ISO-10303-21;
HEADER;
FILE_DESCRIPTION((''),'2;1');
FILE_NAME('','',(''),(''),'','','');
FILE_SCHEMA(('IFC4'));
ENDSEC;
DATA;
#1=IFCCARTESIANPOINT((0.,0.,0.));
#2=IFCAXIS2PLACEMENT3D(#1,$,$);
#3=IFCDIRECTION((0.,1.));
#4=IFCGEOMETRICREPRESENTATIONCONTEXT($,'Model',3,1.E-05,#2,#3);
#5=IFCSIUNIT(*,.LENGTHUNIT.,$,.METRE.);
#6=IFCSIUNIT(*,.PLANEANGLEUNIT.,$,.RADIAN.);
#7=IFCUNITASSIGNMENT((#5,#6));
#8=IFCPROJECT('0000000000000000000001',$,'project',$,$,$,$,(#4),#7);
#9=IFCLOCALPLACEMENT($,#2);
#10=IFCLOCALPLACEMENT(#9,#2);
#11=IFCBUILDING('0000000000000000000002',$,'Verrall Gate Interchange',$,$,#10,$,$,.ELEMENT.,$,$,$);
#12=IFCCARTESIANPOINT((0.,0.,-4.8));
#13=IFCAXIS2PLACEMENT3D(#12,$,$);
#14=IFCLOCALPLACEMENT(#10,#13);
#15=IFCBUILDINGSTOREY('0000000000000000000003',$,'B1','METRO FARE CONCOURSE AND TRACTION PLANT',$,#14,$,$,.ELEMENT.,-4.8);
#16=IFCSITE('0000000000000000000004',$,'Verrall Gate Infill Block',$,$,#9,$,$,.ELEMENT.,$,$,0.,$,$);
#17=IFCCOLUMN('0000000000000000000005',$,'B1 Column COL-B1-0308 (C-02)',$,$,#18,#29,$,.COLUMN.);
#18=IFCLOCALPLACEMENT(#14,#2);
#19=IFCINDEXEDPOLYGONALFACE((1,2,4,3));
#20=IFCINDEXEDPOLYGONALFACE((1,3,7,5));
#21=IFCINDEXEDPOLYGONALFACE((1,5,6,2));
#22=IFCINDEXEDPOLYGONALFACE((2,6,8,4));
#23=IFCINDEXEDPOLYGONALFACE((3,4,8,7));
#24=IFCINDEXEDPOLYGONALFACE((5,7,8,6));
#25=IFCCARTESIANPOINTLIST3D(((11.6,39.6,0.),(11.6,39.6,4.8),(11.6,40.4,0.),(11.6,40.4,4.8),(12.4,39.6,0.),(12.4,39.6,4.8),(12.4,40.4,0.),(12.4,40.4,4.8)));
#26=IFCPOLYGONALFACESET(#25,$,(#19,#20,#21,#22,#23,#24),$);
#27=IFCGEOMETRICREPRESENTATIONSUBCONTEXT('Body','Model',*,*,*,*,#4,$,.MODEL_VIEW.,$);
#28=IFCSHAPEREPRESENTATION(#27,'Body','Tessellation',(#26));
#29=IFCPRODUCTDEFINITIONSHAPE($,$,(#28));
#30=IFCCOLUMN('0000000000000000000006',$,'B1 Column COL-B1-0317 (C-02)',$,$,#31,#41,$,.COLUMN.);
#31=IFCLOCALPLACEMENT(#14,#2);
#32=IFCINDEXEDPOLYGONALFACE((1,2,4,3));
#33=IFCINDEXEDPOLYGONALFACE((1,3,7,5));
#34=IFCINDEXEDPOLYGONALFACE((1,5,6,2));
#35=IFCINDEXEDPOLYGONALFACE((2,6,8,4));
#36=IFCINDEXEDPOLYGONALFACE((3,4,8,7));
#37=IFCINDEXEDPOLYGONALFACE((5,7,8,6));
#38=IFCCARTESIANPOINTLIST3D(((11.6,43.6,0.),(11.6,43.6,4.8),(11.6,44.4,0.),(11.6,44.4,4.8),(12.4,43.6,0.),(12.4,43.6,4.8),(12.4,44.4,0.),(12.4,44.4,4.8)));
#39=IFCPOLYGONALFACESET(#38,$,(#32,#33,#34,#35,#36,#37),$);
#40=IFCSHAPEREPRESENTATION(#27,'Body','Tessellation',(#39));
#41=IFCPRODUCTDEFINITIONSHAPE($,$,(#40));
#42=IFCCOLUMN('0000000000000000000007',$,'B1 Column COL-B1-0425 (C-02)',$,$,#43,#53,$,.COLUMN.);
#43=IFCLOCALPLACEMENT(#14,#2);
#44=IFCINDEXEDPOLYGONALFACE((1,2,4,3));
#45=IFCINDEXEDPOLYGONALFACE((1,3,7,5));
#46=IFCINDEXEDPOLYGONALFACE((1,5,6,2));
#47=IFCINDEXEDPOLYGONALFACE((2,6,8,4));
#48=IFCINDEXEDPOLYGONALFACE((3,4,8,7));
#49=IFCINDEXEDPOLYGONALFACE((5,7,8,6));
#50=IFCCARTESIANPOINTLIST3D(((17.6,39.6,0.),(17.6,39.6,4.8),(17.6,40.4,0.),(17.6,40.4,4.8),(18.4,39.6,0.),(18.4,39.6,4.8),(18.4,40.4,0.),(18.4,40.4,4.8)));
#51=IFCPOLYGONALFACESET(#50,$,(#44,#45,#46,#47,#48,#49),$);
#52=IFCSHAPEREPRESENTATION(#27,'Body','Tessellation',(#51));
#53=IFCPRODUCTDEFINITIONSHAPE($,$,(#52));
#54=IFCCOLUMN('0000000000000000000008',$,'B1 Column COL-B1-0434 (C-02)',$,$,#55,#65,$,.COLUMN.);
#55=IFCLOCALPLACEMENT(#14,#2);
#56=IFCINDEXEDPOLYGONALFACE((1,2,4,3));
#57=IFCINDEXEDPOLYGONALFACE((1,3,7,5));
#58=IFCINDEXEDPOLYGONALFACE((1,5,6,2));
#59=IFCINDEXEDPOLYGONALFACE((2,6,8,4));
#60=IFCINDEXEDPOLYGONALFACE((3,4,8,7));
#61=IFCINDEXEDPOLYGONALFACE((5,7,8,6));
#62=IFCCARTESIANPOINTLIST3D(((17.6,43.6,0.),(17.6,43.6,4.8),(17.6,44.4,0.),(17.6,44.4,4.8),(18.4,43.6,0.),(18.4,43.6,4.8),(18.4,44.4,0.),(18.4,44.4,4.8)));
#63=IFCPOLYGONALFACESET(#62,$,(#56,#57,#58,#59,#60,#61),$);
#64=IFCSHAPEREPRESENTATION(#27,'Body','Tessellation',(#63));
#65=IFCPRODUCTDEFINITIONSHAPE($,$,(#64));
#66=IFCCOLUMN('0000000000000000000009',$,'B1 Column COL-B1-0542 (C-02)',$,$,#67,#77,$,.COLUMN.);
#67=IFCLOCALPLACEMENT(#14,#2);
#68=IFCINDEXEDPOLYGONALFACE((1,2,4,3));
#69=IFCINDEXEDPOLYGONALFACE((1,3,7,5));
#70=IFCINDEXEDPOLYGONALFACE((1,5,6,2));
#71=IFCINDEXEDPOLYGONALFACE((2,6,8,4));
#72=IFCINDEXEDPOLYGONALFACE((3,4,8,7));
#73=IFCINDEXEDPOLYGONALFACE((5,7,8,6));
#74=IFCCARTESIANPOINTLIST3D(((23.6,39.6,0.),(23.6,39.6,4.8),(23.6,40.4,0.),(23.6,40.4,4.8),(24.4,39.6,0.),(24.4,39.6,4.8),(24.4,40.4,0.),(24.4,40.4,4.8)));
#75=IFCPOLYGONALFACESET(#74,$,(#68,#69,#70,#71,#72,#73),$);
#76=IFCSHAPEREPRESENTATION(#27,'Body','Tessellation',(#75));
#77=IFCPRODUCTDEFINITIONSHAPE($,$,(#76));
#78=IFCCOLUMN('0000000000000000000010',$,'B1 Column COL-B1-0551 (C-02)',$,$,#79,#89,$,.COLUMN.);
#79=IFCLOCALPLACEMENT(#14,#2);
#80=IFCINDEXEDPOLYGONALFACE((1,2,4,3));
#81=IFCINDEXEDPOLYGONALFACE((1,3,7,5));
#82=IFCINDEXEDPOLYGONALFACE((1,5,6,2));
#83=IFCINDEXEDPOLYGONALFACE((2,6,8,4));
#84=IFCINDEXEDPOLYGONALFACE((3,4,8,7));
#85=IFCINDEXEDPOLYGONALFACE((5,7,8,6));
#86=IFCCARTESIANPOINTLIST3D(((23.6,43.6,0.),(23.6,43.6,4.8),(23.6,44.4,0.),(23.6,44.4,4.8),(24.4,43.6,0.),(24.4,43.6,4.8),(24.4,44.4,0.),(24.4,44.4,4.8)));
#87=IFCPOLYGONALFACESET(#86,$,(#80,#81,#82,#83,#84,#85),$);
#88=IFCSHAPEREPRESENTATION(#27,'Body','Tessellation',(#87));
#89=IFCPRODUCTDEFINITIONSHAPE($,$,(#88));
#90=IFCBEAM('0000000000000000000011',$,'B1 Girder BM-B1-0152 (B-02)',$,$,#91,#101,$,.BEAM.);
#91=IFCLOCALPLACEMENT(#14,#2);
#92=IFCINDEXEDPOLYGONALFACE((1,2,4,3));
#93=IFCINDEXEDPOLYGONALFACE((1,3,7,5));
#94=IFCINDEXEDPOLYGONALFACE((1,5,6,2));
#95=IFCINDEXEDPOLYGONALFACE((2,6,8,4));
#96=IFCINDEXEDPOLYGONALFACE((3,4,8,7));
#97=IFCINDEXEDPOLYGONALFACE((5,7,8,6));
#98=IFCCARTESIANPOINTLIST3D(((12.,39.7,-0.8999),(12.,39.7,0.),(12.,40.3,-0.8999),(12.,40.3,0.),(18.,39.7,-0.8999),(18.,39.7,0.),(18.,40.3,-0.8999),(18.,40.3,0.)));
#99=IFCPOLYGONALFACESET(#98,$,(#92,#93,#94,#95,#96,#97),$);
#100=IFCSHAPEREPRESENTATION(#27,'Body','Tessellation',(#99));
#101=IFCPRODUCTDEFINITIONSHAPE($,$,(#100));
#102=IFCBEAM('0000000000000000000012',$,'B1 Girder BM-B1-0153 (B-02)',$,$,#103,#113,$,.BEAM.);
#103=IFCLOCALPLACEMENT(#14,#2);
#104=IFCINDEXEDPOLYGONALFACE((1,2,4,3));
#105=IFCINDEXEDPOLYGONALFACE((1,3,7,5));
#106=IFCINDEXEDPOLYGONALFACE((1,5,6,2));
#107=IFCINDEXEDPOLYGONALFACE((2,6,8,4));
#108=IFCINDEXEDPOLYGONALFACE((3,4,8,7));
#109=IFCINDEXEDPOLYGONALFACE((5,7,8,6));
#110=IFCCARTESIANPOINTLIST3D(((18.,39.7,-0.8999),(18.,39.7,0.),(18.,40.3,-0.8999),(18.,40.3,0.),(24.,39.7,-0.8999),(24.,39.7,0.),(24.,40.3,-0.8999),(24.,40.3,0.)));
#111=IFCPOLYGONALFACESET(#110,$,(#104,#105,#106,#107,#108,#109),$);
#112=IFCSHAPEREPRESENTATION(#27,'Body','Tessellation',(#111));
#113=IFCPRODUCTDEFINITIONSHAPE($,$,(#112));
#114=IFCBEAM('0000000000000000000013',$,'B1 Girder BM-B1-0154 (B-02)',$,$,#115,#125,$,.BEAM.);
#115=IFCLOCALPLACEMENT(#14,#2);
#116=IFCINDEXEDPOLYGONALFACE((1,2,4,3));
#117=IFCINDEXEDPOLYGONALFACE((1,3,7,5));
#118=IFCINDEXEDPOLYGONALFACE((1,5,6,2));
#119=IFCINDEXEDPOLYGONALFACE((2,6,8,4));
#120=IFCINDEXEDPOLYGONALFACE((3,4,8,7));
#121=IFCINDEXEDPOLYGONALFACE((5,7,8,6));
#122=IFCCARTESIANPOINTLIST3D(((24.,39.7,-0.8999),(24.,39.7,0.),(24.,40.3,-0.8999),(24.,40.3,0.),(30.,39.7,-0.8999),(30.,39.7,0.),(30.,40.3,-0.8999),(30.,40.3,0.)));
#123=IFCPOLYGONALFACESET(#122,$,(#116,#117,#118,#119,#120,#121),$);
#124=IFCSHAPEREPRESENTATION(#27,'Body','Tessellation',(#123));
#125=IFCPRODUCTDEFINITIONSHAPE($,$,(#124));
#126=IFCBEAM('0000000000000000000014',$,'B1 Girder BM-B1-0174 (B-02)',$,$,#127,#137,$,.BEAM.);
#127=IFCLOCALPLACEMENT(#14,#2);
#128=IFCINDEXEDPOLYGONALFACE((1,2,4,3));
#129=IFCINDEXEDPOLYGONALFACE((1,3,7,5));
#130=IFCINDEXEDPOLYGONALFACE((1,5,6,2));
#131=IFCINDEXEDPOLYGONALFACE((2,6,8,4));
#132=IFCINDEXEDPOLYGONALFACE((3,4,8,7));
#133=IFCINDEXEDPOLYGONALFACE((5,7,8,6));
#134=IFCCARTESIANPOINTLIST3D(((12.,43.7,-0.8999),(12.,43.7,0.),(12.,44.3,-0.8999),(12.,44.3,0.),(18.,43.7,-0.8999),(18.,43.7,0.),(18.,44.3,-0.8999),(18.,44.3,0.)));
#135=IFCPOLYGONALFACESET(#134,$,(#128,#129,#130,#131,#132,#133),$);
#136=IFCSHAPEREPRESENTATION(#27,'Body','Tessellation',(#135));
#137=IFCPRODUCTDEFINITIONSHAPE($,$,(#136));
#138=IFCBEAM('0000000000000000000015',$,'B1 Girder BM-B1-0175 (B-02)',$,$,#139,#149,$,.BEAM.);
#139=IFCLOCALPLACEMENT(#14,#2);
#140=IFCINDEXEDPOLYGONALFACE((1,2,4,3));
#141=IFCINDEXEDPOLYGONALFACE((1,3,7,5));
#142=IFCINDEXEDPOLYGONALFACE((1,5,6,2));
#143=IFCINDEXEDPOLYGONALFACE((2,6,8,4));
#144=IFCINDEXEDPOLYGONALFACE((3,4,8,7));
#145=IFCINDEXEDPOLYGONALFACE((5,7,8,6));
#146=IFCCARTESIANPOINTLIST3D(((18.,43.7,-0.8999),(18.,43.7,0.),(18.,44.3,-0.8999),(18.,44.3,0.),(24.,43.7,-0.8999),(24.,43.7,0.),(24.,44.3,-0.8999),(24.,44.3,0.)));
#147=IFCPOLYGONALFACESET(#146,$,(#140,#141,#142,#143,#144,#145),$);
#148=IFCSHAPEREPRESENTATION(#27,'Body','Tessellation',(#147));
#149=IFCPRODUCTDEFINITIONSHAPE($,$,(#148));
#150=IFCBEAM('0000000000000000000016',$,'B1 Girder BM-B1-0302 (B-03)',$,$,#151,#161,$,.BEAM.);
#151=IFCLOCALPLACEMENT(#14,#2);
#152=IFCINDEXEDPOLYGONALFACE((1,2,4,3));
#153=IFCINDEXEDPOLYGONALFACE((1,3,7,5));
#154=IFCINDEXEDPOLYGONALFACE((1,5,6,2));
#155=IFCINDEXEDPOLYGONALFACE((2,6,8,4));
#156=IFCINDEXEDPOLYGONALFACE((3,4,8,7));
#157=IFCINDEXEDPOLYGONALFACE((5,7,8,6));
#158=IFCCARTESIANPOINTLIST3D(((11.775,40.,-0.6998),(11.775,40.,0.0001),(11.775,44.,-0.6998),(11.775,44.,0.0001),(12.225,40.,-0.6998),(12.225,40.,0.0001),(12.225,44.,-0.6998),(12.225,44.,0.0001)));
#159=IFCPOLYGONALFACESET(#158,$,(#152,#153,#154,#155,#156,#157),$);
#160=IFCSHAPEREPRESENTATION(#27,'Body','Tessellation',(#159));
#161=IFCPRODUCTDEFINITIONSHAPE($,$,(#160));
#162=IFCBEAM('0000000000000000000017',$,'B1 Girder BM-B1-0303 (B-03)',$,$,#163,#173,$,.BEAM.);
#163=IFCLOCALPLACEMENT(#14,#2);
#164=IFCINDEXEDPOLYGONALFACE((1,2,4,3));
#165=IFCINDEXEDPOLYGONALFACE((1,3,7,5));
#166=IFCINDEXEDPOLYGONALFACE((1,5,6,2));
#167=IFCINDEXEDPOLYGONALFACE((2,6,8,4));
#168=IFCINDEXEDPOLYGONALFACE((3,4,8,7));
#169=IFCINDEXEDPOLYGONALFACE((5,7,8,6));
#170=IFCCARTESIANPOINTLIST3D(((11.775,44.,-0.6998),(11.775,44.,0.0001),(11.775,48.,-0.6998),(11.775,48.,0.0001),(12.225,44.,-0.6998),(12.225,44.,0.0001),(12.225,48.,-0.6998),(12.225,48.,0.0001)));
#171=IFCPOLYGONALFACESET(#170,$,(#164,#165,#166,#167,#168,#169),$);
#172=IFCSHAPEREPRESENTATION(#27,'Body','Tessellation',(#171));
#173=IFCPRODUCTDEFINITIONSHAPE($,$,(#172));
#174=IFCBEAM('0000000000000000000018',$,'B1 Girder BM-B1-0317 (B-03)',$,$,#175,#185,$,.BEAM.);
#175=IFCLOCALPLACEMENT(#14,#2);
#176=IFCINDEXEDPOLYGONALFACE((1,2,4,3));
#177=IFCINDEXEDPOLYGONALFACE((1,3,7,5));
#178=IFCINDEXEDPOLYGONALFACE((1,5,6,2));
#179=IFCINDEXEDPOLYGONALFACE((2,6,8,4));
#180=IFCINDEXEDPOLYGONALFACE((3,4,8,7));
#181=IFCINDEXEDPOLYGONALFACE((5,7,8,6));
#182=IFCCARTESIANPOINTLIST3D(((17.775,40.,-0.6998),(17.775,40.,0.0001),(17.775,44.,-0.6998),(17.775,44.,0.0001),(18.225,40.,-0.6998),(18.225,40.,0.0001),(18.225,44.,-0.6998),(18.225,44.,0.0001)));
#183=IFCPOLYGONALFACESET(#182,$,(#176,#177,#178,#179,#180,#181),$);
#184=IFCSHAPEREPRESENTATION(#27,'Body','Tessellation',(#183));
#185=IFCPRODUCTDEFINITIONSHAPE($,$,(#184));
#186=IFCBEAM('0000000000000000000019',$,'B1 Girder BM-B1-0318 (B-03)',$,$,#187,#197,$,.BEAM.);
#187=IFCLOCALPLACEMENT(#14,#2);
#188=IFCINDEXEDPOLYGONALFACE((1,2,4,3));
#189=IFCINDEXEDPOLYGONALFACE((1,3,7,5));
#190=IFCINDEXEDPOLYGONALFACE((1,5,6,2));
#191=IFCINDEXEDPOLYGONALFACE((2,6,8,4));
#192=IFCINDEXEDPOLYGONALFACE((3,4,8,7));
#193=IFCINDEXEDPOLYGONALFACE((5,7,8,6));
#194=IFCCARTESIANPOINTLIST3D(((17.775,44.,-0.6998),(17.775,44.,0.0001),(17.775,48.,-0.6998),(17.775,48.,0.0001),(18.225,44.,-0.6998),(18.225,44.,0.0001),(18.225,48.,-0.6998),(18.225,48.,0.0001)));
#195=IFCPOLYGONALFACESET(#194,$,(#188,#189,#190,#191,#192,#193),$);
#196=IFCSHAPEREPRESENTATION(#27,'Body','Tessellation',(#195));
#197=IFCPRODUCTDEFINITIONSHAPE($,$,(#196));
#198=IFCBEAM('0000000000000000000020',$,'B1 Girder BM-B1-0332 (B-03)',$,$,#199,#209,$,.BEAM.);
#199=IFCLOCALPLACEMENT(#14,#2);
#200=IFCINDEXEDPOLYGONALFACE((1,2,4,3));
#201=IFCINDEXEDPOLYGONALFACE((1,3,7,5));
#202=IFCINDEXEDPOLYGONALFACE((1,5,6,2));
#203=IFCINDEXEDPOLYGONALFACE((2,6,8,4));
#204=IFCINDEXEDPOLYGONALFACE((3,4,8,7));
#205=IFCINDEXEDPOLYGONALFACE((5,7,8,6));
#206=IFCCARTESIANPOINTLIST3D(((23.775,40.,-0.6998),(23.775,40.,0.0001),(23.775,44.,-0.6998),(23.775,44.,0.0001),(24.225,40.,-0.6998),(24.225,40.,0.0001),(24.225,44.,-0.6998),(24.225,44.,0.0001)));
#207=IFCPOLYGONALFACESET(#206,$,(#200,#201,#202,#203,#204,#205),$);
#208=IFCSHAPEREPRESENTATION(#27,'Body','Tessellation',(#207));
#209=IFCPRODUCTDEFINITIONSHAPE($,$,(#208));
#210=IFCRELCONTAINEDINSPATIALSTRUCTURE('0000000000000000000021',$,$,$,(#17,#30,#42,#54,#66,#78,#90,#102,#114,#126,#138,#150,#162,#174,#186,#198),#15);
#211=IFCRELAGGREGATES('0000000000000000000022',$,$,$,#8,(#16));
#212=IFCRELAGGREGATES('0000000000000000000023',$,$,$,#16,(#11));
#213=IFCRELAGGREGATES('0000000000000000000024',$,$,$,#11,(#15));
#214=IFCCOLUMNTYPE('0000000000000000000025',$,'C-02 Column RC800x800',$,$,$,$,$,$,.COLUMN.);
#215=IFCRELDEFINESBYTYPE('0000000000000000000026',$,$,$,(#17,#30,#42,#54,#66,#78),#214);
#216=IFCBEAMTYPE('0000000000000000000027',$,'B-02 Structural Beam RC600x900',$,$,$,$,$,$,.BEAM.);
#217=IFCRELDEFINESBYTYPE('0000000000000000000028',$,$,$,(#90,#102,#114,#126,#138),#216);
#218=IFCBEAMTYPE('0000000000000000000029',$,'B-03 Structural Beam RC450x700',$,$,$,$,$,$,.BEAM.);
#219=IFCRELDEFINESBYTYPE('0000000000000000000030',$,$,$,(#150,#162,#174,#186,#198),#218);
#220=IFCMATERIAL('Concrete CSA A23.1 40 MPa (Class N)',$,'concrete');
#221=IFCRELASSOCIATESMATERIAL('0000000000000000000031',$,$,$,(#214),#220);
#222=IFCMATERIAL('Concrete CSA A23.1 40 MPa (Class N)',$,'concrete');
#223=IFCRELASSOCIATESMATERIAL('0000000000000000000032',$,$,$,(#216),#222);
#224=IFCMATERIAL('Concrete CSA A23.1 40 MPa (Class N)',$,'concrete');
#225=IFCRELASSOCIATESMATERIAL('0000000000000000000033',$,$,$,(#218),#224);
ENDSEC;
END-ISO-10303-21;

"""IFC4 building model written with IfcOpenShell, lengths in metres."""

from ifc_helpers import new_model, si_unit, direction, frame, origin, origin_2d, place, context, subcontext, project, spatial, rectangle, extrude, material, material_profile, profile_set, type_object, element, save


model = new_model("IFC4")

# Units and contexts
model_context = context("Model", 3, precision=1e-05, world=origin(), true_north=direction((0.0, 1.0)))
body_context = subcontext(model_context, "Body", "Model", "MODEL_VIEW")
ifc_project = project(units=[si_unit("LENGTHUNIT", "METRE"), si_unit("PLANEANGLEUNIT", "RADIAN")], contexts=[model_context])

# Site, building, storey
site_placement = place(None, origin())
site = spatial("IfcSite", under=ifc_project, at=site_placement, Name="Verrall Gate Infill Block", CompositionType="ELEMENT", RefElevation=0.0)
building_placement = place(site_placement, origin())
building = spatial("IfcBuilding", under=site, at=building_placement, Name="Verrall Gate Interchange", CompositionType="ELEMENT")
storey_placement = place(building_placement, frame((0.0, 0.0, -4.8)))
storey = spatial("IfcBuildingStorey", under=building, at=storey_placement, Name="B1", Description="METRO FARE CONCOURSE AND TRACTION PLANT", CompositionType="ELEMENT", Elevation=-4.8)

# Columns
ifc_material_1 = material(Name="Concrete CSA A23.1 40 MPa (Class N)", Category="concrete")
ifc_material_profile_1 = material_profile(ifc_material_1, rectangle(XDim=0.8, YDim=0.8, at=origin_2d()), Name="RC800x800")
ifc_profile_set_1 = profile_set([ifc_material_profile_1], Name="Concrete CSA A23.1 40 MPa (Class N)")
column_type = type_object("IfcColumnType", Name="C-02 Column RC800x800", PredefinedType="COLUMN", material=ifc_profile_set_1)
for number, where, z_axis, x_axis, name in (
    (1, (12.0, 40.0, 0.0), (0.0, 0.0, 1.0), (1.0, 0.0, 0.0), "B1 Column COL-B1-0308 (C-02)"),
    (2, (12.0, 44.0, 0.0), (0.0, 0.0, 1.0), (1.0, 0.0, 0.0), "B1 Column COL-B1-0317 (C-02)"),
    (3, (18.0, 40.0, 0.0), (0.0, 0.0, 1.0), (1.0, 0.0, 0.0), "B1 Column COL-B1-0425 (C-02)"),
    (4, (18.0, 44.0, 0.0), (0.0, 0.0, 1.0), (1.0, 0.0, 0.0), "B1 Column COL-B1-0434 (C-02)"),
    (5, (24.0, 40.0, 0.0), (0.0, 0.0, 1.0), (1.0, 0.0, 0.0), "B1 Column COL-B1-0542 (C-02)"),
    (6, (24.0, 44.0, 0.0), (0.0, 0.0, 1.0), (1.0, 0.0, 0.0), "B1 Column COL-B1-0551 (C-02)"),
):
    element("IfcColumn", number, at=place(storey_placement, frame(where, z_axis=z_axis, x_axis=x_axis)), inside=storey, type_object=column_type, Name=name, PredefinedType="COLUMN", context=body_context, shape_type="SweptSolid", body=[
        extrude(rectangle(XDim=0.8, YDim=0.8, at=origin_2d()), origin(), (0.0, 0.0, 1.0), 4.8),
    ])

# Beams
ifc_material_2 = material(Name="Concrete CSA A23.1 40 MPa (Class N)", Category="concrete")
ifc_material_profile_2 = material_profile(ifc_material_2, rectangle(XDim=0.6001, YDim=0.8999, at=origin_2d()), Name="RC600x900")
ifc_profile_set_2 = profile_set([ifc_material_profile_2], Name="Concrete CSA A23.1 40 MPa (Class N)")
beam_type_1 = type_object("IfcBeamType", Name="B-02 Structural Beam RC600x900", PredefinedType="BEAM", material=ifc_profile_set_2)
for number, where, z_axis, x_axis, name in (
    (7, (12.0, 40.0, -0.45), (1.0, 0.0, 0.0), (0.0, 1.0, 0.0), "B1 Girder BM-B1-0152 (B-02)"),
    (8, (18.0, 40.0, -0.45), (1.0, 0.0, 0.0), (0.0, 1.0, 0.0), "B1 Girder BM-B1-0153 (B-02)"),
    (9, (24.0, 40.0, -0.45), (1.0, 0.0, 0.0), (0.0, 1.0, 0.0), "B1 Girder BM-B1-0154 (B-02)"),
    (10, (12.0, 44.0, -0.45), (1.0, 0.0, 0.0), (0.0, 1.0, 0.0), "B1 Girder BM-B1-0174 (B-02)"),
    (11, (18.0, 44.0, -0.45), (1.0, 0.0, 0.0), (0.0, 1.0, 0.0), "B1 Girder BM-B1-0175 (B-02)"),
):
    element("IfcBeam", number, at=place(storey_placement, frame(where, z_axis=z_axis, x_axis=x_axis)), inside=storey, type_object=beam_type_1, Name=name, PredefinedType="BEAM", context=body_context, shape_type="SweptSolid", body=[
        extrude(rectangle(XDim=0.6001, YDim=0.8999, at=origin_2d()), origin(), (0.0, 0.0, 1.0), 6.0),
    ])
ifc_material_3 = material(Name="Concrete CSA A23.1 40 MPa (Class N)", Category="concrete")
ifc_material_profile_3 = material_profile(ifc_material_3, rectangle(XDim=0.45, YDim=0.7, at=origin_2d()), Name="RC450x700")
ifc_profile_set_3 = profile_set([ifc_material_profile_3], Name="Concrete CSA A23.1 40 MPa (Class N)")
beam_type_2 = type_object("IfcBeamType", Name="B-03 Structural Beam RC450x700", PredefinedType="BEAM", material=ifc_profile_set_3)
for number, where, z_axis, x_axis, name in (
    (12, (12.0, 40.0, -0.3499), (0.0, 1.0, 0.0), (-1.0, 0.0, 0.0), "B1 Girder BM-B1-0302 (B-03)"),
    (13, (12.0, 44.0, -0.3499), (0.0, 1.0, 0.0), (-1.0, 0.0, 0.0), "B1 Girder BM-B1-0303 (B-03)"),
    (14, (18.0, 40.0, -0.3499), (0.0, 1.0, 0.0), (-1.0, 0.0, 0.0), "B1 Girder BM-B1-0317 (B-03)"),
    (15, (18.0, 44.0, -0.3499), (0.0, 1.0, 0.0), (-1.0, 0.0, 0.0), "B1 Girder BM-B1-0318 (B-03)"),
    (16, (24.0, 40.0, -0.3499), (0.0, 1.0, 0.0), (-1.0, 0.0, 0.0), "B1 Girder BM-B1-0332 (B-03)"),
):
    element("IfcBeam", number, at=place(storey_placement, frame(where, z_axis=z_axis, x_axis=x_axis)), inside=storey, type_object=beam_type_2, Name=name, PredefinedType="BEAM", context=body_context, shape_type="SweptSolid", body=[
        extrude(rectangle(XDim=0.45, YDim=0.7, at=origin_2d()), origin(), (0.0, 0.0, 1.0), 4.0),
    ])

save(model, "model.ifc")
